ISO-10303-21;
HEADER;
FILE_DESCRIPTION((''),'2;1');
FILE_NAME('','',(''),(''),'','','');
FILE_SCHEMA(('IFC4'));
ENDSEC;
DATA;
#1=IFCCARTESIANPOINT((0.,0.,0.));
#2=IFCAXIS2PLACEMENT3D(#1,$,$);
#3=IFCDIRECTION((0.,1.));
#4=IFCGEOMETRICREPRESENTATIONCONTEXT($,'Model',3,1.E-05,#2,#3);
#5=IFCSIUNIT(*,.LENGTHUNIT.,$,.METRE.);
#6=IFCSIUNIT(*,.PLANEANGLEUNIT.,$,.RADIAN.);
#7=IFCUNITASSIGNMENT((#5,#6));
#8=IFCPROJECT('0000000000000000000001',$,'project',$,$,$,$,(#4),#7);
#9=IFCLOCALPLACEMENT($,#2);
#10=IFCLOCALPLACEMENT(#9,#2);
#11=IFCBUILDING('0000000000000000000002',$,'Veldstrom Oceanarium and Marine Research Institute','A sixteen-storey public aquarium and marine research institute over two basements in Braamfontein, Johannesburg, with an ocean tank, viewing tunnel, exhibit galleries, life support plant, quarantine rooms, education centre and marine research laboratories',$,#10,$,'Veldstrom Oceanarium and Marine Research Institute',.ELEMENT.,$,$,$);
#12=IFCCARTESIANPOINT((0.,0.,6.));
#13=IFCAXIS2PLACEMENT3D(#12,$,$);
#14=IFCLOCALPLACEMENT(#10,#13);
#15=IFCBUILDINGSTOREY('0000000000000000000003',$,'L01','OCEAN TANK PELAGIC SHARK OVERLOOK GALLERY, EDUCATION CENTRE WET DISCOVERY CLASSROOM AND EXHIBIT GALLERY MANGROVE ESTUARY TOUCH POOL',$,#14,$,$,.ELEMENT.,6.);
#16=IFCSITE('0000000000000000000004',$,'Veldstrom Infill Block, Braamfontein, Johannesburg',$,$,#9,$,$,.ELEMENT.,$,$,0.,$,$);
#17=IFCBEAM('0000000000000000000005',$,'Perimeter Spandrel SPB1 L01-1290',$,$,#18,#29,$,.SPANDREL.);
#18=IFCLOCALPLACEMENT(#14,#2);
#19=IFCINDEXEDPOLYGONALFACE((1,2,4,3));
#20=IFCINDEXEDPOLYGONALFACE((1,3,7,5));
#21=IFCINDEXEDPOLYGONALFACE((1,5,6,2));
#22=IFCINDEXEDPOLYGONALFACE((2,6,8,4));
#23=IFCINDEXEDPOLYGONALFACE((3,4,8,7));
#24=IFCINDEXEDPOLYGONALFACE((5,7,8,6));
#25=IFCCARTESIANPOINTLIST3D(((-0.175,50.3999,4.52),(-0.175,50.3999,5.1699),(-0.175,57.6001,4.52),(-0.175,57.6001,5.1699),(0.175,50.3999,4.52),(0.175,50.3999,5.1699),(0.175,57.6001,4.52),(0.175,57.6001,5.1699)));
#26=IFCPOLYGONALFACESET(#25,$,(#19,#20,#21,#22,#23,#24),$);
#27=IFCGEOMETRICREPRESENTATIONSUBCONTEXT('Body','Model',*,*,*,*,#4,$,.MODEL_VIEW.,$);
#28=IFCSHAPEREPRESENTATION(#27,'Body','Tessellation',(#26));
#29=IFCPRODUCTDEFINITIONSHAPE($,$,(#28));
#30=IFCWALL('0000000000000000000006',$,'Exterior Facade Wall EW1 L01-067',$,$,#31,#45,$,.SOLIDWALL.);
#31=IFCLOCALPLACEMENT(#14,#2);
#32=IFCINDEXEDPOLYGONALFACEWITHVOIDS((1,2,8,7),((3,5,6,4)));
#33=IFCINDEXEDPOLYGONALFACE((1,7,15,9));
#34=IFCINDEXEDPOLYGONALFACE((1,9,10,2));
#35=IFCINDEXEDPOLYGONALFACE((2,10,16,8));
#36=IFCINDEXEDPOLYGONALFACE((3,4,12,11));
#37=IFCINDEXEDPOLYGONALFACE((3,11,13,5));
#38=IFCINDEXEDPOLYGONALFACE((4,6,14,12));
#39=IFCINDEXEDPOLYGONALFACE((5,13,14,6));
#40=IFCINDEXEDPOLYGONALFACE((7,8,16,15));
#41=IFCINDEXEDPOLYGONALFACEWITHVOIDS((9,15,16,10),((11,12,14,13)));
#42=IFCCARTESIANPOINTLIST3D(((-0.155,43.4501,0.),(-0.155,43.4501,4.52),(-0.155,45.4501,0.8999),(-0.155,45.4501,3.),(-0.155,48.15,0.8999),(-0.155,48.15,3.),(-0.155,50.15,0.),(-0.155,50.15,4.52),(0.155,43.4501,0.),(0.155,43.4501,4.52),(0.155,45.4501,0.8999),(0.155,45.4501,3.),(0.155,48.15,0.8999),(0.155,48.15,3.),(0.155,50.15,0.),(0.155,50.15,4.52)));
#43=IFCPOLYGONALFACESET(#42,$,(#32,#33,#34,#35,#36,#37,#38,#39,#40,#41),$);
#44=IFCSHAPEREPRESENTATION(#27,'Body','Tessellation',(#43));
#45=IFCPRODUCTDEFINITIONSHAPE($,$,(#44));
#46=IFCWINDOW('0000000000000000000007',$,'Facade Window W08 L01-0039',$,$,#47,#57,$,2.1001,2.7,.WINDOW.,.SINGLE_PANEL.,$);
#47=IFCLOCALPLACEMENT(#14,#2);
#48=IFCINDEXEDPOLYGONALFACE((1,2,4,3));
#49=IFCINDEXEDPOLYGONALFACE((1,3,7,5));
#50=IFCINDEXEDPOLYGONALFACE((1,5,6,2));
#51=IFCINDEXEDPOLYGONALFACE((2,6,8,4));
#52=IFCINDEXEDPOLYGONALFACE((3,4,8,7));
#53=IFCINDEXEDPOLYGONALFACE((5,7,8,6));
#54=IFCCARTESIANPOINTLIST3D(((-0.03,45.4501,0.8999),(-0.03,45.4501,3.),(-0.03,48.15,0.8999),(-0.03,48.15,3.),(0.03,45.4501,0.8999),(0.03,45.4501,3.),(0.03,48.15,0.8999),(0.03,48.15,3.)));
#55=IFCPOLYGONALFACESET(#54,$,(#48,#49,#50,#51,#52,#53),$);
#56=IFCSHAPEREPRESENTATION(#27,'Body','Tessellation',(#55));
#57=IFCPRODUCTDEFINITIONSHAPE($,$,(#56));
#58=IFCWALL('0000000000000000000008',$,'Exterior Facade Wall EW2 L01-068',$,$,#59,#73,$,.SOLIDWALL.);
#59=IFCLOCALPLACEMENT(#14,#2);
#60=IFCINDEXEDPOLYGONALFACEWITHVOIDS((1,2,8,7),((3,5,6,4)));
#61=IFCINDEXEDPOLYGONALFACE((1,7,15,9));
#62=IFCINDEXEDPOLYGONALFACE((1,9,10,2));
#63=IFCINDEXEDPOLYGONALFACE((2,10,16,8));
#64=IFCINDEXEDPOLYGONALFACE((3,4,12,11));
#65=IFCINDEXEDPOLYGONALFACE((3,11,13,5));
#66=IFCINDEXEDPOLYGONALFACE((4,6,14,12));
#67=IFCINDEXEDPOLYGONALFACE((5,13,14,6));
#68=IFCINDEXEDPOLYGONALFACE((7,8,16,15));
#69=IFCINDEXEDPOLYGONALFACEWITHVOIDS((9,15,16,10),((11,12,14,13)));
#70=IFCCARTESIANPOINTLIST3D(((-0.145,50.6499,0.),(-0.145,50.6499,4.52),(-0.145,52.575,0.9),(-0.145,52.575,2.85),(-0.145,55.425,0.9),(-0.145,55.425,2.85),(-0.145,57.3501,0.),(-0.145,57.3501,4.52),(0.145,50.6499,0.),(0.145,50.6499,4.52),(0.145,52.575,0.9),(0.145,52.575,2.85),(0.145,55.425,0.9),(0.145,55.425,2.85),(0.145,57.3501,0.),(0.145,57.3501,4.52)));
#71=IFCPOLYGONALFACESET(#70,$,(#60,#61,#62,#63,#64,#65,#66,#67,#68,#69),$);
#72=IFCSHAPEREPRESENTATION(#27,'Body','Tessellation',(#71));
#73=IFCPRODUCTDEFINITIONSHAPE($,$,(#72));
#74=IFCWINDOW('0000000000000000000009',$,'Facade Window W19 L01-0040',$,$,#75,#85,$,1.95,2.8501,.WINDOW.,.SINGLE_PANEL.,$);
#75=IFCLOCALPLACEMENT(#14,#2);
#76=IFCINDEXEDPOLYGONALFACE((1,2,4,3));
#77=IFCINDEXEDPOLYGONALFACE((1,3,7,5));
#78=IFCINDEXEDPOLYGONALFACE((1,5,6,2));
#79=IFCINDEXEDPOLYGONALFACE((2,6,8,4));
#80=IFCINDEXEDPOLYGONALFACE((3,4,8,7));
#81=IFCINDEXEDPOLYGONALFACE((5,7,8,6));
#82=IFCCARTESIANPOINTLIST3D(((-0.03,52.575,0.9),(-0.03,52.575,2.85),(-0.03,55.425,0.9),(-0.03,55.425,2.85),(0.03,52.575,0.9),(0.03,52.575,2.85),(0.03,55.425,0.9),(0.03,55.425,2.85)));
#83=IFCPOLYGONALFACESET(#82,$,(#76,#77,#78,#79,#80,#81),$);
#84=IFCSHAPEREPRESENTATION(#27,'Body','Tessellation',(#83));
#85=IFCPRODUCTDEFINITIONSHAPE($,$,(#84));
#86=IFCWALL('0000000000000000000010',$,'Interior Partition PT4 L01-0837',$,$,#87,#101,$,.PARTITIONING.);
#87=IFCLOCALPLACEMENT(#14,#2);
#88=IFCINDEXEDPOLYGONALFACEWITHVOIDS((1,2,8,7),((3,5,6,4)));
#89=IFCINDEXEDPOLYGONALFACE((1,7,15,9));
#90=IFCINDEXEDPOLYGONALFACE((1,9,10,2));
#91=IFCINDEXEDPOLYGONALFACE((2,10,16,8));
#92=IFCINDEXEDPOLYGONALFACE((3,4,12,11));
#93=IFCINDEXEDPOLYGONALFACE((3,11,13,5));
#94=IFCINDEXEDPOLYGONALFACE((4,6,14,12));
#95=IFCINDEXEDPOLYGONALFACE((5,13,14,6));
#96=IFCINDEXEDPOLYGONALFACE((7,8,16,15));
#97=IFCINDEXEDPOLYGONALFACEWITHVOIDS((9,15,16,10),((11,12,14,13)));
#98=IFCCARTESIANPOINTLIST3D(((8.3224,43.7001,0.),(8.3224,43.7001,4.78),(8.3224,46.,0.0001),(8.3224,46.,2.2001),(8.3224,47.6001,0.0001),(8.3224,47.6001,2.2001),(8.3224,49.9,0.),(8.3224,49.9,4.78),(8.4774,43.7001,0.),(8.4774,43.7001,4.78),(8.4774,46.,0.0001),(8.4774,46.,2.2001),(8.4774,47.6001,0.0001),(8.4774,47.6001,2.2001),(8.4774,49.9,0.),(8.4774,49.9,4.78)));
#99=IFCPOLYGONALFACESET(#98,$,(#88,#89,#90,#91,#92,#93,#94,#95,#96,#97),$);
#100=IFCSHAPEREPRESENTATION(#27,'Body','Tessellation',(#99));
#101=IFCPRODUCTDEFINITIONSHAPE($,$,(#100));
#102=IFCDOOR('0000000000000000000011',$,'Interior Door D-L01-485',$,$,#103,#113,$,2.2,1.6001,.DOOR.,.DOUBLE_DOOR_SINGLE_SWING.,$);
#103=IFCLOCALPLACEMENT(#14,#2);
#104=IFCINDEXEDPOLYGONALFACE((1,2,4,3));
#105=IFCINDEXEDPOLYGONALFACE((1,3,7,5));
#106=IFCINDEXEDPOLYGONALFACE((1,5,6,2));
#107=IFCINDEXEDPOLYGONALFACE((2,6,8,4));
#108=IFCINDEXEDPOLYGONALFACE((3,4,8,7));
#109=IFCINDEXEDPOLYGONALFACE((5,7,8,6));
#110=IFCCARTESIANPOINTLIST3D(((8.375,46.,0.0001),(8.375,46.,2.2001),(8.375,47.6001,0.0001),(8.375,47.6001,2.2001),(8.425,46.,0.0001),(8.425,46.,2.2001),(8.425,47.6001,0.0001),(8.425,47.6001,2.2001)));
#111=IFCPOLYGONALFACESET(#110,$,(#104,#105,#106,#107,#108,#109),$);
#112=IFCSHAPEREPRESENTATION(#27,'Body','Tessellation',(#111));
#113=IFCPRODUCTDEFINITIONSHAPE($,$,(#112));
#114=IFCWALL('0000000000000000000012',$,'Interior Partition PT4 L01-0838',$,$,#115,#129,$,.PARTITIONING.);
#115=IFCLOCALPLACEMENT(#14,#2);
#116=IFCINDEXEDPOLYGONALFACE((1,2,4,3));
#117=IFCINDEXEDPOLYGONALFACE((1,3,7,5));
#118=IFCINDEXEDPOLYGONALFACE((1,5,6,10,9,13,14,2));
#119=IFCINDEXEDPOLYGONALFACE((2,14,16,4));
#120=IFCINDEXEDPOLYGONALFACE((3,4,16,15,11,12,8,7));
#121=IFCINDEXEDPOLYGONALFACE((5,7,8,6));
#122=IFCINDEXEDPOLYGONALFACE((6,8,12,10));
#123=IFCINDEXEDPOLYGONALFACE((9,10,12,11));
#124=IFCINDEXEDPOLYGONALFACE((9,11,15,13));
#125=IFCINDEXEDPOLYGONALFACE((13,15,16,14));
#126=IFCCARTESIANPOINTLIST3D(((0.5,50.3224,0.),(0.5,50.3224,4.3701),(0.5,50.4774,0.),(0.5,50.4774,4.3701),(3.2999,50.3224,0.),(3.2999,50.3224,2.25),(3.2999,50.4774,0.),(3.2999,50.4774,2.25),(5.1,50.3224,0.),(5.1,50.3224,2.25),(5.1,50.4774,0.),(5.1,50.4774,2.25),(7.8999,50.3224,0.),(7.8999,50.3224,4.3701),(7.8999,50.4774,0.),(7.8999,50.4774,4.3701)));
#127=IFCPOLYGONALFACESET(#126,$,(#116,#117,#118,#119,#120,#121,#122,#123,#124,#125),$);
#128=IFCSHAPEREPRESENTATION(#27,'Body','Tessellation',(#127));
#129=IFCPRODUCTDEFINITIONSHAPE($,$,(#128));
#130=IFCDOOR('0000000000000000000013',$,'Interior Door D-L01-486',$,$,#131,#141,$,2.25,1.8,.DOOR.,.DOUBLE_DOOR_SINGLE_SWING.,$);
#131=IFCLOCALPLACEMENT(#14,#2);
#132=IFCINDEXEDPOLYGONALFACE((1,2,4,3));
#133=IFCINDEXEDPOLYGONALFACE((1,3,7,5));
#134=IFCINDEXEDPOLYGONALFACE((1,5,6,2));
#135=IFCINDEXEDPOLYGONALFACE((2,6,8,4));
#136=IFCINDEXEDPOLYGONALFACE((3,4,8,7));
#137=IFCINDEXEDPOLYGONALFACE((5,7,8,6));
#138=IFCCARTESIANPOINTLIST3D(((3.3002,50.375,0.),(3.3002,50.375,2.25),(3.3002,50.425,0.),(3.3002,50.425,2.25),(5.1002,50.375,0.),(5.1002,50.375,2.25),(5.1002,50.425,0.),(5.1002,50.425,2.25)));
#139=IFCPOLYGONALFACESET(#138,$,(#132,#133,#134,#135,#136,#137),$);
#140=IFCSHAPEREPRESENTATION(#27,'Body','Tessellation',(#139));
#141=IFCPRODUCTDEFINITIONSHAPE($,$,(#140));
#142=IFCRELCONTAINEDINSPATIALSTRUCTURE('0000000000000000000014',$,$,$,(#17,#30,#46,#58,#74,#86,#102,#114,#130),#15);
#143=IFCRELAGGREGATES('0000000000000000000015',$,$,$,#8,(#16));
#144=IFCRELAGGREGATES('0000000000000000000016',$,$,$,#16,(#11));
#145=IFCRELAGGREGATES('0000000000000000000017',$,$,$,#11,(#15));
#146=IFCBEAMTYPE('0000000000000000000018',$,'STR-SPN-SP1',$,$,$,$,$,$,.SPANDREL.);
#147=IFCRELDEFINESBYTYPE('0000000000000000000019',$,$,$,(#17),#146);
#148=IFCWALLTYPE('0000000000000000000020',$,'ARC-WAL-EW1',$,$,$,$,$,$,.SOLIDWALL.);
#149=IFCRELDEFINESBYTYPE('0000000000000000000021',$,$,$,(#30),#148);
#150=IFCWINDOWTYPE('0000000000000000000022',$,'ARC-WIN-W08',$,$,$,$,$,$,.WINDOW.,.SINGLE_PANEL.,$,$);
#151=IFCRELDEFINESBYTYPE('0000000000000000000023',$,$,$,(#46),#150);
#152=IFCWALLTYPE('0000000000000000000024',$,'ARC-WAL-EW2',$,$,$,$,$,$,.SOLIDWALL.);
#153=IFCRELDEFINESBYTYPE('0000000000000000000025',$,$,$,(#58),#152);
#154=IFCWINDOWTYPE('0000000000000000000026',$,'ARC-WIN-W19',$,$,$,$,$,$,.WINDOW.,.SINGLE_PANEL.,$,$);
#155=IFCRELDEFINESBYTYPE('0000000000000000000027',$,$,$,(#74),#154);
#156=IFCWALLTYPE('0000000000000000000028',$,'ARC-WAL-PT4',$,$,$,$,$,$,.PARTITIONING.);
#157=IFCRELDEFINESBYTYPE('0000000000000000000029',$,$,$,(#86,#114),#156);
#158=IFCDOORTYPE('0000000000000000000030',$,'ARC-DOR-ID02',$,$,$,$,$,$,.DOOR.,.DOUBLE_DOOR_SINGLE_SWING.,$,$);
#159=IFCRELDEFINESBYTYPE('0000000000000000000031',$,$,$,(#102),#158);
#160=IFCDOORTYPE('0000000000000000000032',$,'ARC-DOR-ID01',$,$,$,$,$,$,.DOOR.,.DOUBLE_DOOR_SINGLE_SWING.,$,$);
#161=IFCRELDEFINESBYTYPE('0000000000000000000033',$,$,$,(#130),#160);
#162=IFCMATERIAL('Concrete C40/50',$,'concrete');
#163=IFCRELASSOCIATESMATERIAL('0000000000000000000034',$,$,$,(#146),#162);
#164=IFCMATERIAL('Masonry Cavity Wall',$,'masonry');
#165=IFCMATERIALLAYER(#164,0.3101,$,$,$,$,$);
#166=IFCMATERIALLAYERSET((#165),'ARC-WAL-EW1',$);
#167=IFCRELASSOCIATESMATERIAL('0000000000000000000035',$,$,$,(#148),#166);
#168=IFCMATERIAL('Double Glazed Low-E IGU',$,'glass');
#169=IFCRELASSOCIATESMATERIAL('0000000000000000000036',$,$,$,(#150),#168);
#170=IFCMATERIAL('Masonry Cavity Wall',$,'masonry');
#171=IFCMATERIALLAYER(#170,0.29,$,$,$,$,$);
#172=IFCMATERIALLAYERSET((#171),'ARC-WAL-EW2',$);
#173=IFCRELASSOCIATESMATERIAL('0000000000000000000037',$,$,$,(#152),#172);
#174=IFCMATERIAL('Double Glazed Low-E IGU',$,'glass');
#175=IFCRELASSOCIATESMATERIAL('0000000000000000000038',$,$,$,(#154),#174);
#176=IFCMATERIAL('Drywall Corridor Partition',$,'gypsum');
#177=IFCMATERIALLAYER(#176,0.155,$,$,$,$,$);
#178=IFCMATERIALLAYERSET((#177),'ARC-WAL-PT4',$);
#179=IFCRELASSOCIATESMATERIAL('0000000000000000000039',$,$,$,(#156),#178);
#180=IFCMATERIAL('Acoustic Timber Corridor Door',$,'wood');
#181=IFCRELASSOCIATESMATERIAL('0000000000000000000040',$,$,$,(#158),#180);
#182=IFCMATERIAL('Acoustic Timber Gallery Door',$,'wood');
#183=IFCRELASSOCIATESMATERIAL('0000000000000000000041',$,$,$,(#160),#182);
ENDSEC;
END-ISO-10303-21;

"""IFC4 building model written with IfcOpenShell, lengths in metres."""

from ifc_helpers import new_model, si_unit, direction, frame, frame_2d, origin, origin_2d, place, context, subcontext, project, spatial, rectangle, extrude, material, layer, layer_set, material_profile, profile_set, type_object, element, fill, save


model = new_model("IFC4")

# Units and contexts
model_context = context("Model", 3, precision=1e-05, world=origin(), true_north=direction((0.0, 1.0)))
body_context = subcontext(model_context, "Body", "Model", "MODEL_VIEW")
ifc_project = project(units=[si_unit("LENGTHUNIT", "METRE"), si_unit("PLANEANGLEUNIT", "RADIAN")], contexts=[model_context])

# Site, building, storey
site_placement = place(None, origin())
site = spatial("IfcSite", under=ifc_project, at=site_placement, Name="Veldstrom Infill Block, Braamfontein, Johannesburg", CompositionType="ELEMENT", RefElevation=0.0)
building_placement = place(site_placement, origin())
building = spatial("IfcBuilding", under=site, at=building_placement, Name="Veldstrom Oceanarium and Marine Research Institute", Description="A sixteen-storey public aquarium and marine research institute over two basements in Braamfontein, Johannesburg, with an ocean tank, viewing tunnel, exhibit galleries, life support plant, quarantine rooms, education centre and marine research laboratories", LongName="Veldstrom Oceanarium and Marine Research Institute", CompositionType="ELEMENT")
storey_placement = place(building_placement, frame((0.0, 0.0, 6.0)))
storey = spatial("IfcBuildingStorey", under=building, at=storey_placement, Name="L01", Description="OCEAN TANK PELAGIC SHARK OVERLOOK GALLERY, EDUCATION CENTRE WET DISCOVERY CLASSROOM AND EXHIBIT GALLERY MANGROVE ESTUARY TOUCH POOL", CompositionType="ELEMENT", Elevation=6.0)

# Beam
ifc_material_1 = material(Name="Concrete C40/50", Category="concrete")
ifc_material_profile_1 = material_profile(ifc_material_1, rectangle(XDim=0.3501, YDim=0.6499, at=origin_2d()), Name="RC-SPN-350x650")
ifc_profile_set_1 = profile_set([ifc_material_profile_1], Name="Concrete C40/50")
beam_type_1 = type_object("IfcBeamType", Name="STR-SPN-SP1", PredefinedType="SPANDREL", material=ifc_profile_set_1)
beam_1_placement = place(storey_placement, frame((0.0, 50.3999, 4.845), z_axis=(0.0, 1.0, 0.0), x_axis=(-1.0, 0.0, 0.0)))
element("IfcBeam", 1, at=beam_1_placement, inside=storey, type_object=beam_type_1, Name="Perimeter Spandrel SPB1 L01-1290", PredefinedType="SPANDREL", context=body_context, shape_type="SweptSolid", body=[
    extrude(rectangle(XDim=0.3501, YDim=0.6499, at=origin_2d()), origin(), (0.0, 0.0, 1.0), 7.2002),
])

# Walls, openings, windows
ifc_material_2 = material(Name="Masonry Cavity Wall", Category="masonry")
ifc_layer_1 = layer(ifc_material_2, 0.3101)
ifc_layer_set_1 = layer_set([ifc_layer_1], Name="ARC-WAL-EW1")
wall_type_1 = type_object("IfcWallType", Name="ARC-WAL-EW1", PredefinedType="SOLIDWALL", material=ifc_layer_set_1)
wall_1_placement = place(storey_placement, frame((0.0, 43.45, 0.0), z_axis=(0.0, 0.0, 1.0), x_axis=(0.0, 1.0, 0.0)))
wall_1 = element("IfcWall", 2, at=wall_1_placement, inside=storey, type_object=wall_type_1, Name="Exterior Facade Wall EW1 L01-067", PredefinedType="SOLIDWALL", context=body_context, shape_type="SweptSolid", body=[
    extrude(rectangle(XDim=6.7, YDim=0.3101, at=frame_2d((3.3501, 0.0))), origin(), (0.0, 0.0, 1.0), 4.52),
])
opening_1_placement = place(wall_1_placement, frame((2.0, 0.0, 0.8999)))
opening_1 = element("IfcOpeningElement", 3, at=opening_1_placement, cuts=wall_1, PredefinedType="OPENING", context=body_context, shape_type="SweptSolid", body=[
    extrude(rectangle(XDim=2.7, YDim=2.1001, at=frame_2d((1.3501, 1.05))), frame((0.0, 0.165, 0.0), z_axis=(0.0, -1.0, 0.0), x_axis=(1.0, 0.0, 0.0)), (0.0, 0.0, 1.0), 0.3301),
])
ifc_material_3 = material(Name="Double Glazed Low-E IGU", Category="glass")
window_type_1 = type_object("IfcWindowType", Name="ARC-WIN-W08", PartitioningType="SINGLE_PANEL", PredefinedType="WINDOW", material=ifc_material_3)
window_1_placement = place(opening_1_placement, origin())
window_1 = element("IfcWindow", 4, at=window_1_placement, inside=storey, type_object=window_type_1, Name="Facade Window W08 L01-0039", OverallHeight=2.1001, OverallWidth=2.7, PartitioningType="SINGLE_PANEL", PredefinedType="WINDOW", context=body_context, shape_type="SweptSolid", body=[
    extrude(rectangle(XDim=2.7, YDim=2.1001, at=frame_2d((1.3501, 1.05))), frame((0.0, 0.03, 0.0), z_axis=(0.0, -1.0, 0.0), x_axis=(1.0, 0.0, 0.0)), (0.0, 0.0, 1.0), 0.0601),
])
fill(opening_1, window_1)
ifc_material_4 = material(Name="Masonry Cavity Wall", Category="masonry")
ifc_layer_2 = layer(ifc_material_4, 0.29)
ifc_layer_set_2 = layer_set([ifc_layer_2], Name="ARC-WAL-EW2")
wall_type_2 = type_object("IfcWallType", Name="ARC-WAL-EW2", PredefinedType="SOLIDWALL", material=ifc_layer_set_2)
wall_2_placement = place(storey_placement, frame((0.0, 50.6499, 0.0), z_axis=(0.0, 0.0, 1.0), x_axis=(0.0, 1.0, 0.0)))
wall_2 = element("IfcWall", 5, at=wall_2_placement, inside=storey, type_object=wall_type_2, Name="Exterior Facade Wall EW2 L01-068", PredefinedType="SOLIDWALL", context=body_context, shape_type="SweptSolid", body=[
    extrude(rectangle(XDim=6.7002, YDim=0.29, at=frame_2d((3.3501, 0.0))), origin(), (0.0, 0.0, 1.0), 4.52),
])
opening_2_placement = place(wall_2_placement, frame((1.925, 0.0, 0.8999)))
opening_2 = element("IfcOpeningElement", 6, at=opening_2_placement, cuts=wall_2, PredefinedType="OPENING", context=body_context, shape_type="SweptSolid", body=[
    extrude(rectangle(XDim=2.8501, YDim=1.95, at=frame_2d((1.425, 0.9751))), frame((0.0, 0.155, 0.0), z_axis=(0.0, -1.0, 0.0), x_axis=(1.0, 0.0, 0.0)), (0.0, 0.0, 1.0), 0.3101),
])
ifc_material_5 = material(Name="Double Glazed Low-E IGU", Category="glass")
window_type_2 = type_object("IfcWindowType", Name="ARC-WIN-W19", PartitioningType="SINGLE_PANEL", PredefinedType="WINDOW", material=ifc_material_5)
window_2_placement = place(opening_2_placement, origin())
window_2 = element("IfcWindow", 7, at=window_2_placement, inside=storey, type_object=window_type_2, Name="Facade Window W19 L01-0040", OverallHeight=1.95, OverallWidth=2.8501, PartitioningType="SINGLE_PANEL", PredefinedType="WINDOW", context=body_context, shape_type="SweptSolid", body=[
    extrude(rectangle(XDim=2.8501, YDim=1.95, at=frame_2d((1.425, 0.9751))), frame((0.0, 0.03, 0.0), z_axis=(0.0, -1.0, 0.0), x_axis=(1.0, 0.0, 0.0)), (0.0, 0.0, 1.0), 0.0601),
])
fill(opening_2, window_2)

# Walls, openings, doors
ifc_material_6 = material(Name="Drywall Corridor Partition", Category="gypsum")
ifc_layer_3 = layer(ifc_material_6, 0.155)
ifc_layer_set_3 = layer_set([ifc_layer_3], Name="ARC-WAL-PT4")
wall_type_3 = type_object("IfcWallType", Name="ARC-WAL-PT4", PredefinedType="PARTITIONING", material=ifc_layer_set_3)
wall_3_placement = place(storey_placement, frame((8.3999, 43.7, 0.0), z_axis=(0.0, 0.0, 1.0), x_axis=(0.0, 1.0, 0.0)))
wall_3 = element("IfcWall", 8, at=wall_3_placement, inside=storey, type_object=wall_type_3, Name="Interior Partition PT4 L01-0837", PredefinedType="PARTITIONING", context=body_context, shape_type="SweptSolid", body=[
    extrude(rectangle(XDim=6.2, YDim=0.155, at=frame_2d((3.1001, 0.0))), origin(), (0.0, 0.0, 1.0), 4.78),
])
opening_3_placement = place(wall_3_placement, frame((2.3, 0.0, 0.0)))
opening_3 = element("IfcOpeningElement", 9, at=opening_3_placement, cuts=wall_3, PredefinedType="OPENING", context=body_context, shape_type="SweptSolid", body=[
    extrude(rectangle(XDim=1.6001, YDim=2.2, at=frame_2d((0.8, 1.1001))), frame((0.0, 0.0874, 0.0), z_axis=(0.0, -1.0, 0.0), x_axis=(1.0, 0.0, 0.0)), (0.0, 0.0, 1.0), 0.175),
])
ifc_material_7 = material(Name="Acoustic Timber Corridor Door", Category="wood")
door_type_1 = type_object("IfcDoorType", Name="ARC-DOR-ID02", OperationType="DOUBLE_DOOR_SINGLE_SWING", PredefinedType="DOOR", material=ifc_material_7)
door_1_placement = place(opening_3_placement, origin())
door_1 = element("IfcDoor", 10, at=door_1_placement, inside=storey, type_object=door_type_1, Name="Interior Door D-L01-485", OperationType="DOUBLE_DOOR_SINGLE_SWING", OverallHeight=2.2, OverallWidth=1.6001, PredefinedType="DOOR", context=body_context, shape_type="SweptSolid", body=[
    extrude(rectangle(XDim=1.6001, YDim=2.2, at=frame_2d((0.8, 1.1001))), frame((0.0, 0.0249, 0.0), z_axis=(0.0, -1.0, 0.0), x_axis=(1.0, 0.0, 0.0)), (0.0, 0.0, 1.0), 0.05),
])
fill(opening_3, door_1)
wall_4_placement = place(storey_placement, frame((0.5, 50.3999, 0.0), z_axis=(0.0, 0.0, 1.0), x_axis=(1.0, 0.0, 0.0)))
wall_4 = element("IfcWall", 11, at=wall_4_placement, inside=storey, type_object=wall_type_3, Name="Interior Partition PT4 L01-0838", PredefinedType="PARTITIONING", context=body_context, shape_type="SweptSolid", body=[
    extrude(rectangle(XDim=7.3999, YDim=0.155, at=frame_2d((3.7, 0.0))), origin(), (0.0, 0.0, 1.0), 4.3701),
])
opening_4_placement = place(wall_4_placement, frame((2.8, 0.0, 0.0)))
opening_4 = element("IfcOpeningElement", 12, at=opening_4_placement, cuts=wall_4, PredefinedType="OPENING", context=body_context, shape_type="SweptSolid", body=[
    extrude(rectangle(XDim=1.8, YDim=2.25, at=frame_2d((0.8999, 1.125))), frame((0.0, 0.0874, 0.0), z_axis=(0.0, -1.0, 0.0), x_axis=(1.0, 0.0, 0.0)), (0.0, 0.0, 1.0), 0.175),
])
ifc_material_8 = material(Name="Acoustic Timber Gallery Door", Category="wood")
door_type_2 = type_object("IfcDoorType", Name="ARC-DOR-ID01", OperationType="DOUBLE_DOOR_SINGLE_SWING", PredefinedType="DOOR", material=ifc_material_8)
door_2_placement = place(opening_4_placement, frame((1.8, 0.0, 0.0), z_axis=(0.0, 0.0, 1.0), x_axis=(-1.0, 0.0, 0.0)))
door_2 = element("IfcDoor", 13, at=door_2_placement, inside=storey, type_object=door_type_2, Name="Interior Door D-L01-486", OperationType="DOUBLE_DOOR_SINGLE_SWING", OverallHeight=2.25, OverallWidth=1.8, PredefinedType="DOOR", context=body_context, shape_type="SweptSolid", body=[
    extrude(rectangle(XDim=1.8, YDim=2.25, at=frame_2d((0.8999, 1.125))), frame((0.0, 0.0249, 0.0), z_axis=(0.0, -1.0, 0.0), x_axis=(1.0, 0.0, 0.0)), (0.0, 0.0, 1.0), 0.05),
])
fill(opening_4, door_2)

save(model, "model.ifc")
